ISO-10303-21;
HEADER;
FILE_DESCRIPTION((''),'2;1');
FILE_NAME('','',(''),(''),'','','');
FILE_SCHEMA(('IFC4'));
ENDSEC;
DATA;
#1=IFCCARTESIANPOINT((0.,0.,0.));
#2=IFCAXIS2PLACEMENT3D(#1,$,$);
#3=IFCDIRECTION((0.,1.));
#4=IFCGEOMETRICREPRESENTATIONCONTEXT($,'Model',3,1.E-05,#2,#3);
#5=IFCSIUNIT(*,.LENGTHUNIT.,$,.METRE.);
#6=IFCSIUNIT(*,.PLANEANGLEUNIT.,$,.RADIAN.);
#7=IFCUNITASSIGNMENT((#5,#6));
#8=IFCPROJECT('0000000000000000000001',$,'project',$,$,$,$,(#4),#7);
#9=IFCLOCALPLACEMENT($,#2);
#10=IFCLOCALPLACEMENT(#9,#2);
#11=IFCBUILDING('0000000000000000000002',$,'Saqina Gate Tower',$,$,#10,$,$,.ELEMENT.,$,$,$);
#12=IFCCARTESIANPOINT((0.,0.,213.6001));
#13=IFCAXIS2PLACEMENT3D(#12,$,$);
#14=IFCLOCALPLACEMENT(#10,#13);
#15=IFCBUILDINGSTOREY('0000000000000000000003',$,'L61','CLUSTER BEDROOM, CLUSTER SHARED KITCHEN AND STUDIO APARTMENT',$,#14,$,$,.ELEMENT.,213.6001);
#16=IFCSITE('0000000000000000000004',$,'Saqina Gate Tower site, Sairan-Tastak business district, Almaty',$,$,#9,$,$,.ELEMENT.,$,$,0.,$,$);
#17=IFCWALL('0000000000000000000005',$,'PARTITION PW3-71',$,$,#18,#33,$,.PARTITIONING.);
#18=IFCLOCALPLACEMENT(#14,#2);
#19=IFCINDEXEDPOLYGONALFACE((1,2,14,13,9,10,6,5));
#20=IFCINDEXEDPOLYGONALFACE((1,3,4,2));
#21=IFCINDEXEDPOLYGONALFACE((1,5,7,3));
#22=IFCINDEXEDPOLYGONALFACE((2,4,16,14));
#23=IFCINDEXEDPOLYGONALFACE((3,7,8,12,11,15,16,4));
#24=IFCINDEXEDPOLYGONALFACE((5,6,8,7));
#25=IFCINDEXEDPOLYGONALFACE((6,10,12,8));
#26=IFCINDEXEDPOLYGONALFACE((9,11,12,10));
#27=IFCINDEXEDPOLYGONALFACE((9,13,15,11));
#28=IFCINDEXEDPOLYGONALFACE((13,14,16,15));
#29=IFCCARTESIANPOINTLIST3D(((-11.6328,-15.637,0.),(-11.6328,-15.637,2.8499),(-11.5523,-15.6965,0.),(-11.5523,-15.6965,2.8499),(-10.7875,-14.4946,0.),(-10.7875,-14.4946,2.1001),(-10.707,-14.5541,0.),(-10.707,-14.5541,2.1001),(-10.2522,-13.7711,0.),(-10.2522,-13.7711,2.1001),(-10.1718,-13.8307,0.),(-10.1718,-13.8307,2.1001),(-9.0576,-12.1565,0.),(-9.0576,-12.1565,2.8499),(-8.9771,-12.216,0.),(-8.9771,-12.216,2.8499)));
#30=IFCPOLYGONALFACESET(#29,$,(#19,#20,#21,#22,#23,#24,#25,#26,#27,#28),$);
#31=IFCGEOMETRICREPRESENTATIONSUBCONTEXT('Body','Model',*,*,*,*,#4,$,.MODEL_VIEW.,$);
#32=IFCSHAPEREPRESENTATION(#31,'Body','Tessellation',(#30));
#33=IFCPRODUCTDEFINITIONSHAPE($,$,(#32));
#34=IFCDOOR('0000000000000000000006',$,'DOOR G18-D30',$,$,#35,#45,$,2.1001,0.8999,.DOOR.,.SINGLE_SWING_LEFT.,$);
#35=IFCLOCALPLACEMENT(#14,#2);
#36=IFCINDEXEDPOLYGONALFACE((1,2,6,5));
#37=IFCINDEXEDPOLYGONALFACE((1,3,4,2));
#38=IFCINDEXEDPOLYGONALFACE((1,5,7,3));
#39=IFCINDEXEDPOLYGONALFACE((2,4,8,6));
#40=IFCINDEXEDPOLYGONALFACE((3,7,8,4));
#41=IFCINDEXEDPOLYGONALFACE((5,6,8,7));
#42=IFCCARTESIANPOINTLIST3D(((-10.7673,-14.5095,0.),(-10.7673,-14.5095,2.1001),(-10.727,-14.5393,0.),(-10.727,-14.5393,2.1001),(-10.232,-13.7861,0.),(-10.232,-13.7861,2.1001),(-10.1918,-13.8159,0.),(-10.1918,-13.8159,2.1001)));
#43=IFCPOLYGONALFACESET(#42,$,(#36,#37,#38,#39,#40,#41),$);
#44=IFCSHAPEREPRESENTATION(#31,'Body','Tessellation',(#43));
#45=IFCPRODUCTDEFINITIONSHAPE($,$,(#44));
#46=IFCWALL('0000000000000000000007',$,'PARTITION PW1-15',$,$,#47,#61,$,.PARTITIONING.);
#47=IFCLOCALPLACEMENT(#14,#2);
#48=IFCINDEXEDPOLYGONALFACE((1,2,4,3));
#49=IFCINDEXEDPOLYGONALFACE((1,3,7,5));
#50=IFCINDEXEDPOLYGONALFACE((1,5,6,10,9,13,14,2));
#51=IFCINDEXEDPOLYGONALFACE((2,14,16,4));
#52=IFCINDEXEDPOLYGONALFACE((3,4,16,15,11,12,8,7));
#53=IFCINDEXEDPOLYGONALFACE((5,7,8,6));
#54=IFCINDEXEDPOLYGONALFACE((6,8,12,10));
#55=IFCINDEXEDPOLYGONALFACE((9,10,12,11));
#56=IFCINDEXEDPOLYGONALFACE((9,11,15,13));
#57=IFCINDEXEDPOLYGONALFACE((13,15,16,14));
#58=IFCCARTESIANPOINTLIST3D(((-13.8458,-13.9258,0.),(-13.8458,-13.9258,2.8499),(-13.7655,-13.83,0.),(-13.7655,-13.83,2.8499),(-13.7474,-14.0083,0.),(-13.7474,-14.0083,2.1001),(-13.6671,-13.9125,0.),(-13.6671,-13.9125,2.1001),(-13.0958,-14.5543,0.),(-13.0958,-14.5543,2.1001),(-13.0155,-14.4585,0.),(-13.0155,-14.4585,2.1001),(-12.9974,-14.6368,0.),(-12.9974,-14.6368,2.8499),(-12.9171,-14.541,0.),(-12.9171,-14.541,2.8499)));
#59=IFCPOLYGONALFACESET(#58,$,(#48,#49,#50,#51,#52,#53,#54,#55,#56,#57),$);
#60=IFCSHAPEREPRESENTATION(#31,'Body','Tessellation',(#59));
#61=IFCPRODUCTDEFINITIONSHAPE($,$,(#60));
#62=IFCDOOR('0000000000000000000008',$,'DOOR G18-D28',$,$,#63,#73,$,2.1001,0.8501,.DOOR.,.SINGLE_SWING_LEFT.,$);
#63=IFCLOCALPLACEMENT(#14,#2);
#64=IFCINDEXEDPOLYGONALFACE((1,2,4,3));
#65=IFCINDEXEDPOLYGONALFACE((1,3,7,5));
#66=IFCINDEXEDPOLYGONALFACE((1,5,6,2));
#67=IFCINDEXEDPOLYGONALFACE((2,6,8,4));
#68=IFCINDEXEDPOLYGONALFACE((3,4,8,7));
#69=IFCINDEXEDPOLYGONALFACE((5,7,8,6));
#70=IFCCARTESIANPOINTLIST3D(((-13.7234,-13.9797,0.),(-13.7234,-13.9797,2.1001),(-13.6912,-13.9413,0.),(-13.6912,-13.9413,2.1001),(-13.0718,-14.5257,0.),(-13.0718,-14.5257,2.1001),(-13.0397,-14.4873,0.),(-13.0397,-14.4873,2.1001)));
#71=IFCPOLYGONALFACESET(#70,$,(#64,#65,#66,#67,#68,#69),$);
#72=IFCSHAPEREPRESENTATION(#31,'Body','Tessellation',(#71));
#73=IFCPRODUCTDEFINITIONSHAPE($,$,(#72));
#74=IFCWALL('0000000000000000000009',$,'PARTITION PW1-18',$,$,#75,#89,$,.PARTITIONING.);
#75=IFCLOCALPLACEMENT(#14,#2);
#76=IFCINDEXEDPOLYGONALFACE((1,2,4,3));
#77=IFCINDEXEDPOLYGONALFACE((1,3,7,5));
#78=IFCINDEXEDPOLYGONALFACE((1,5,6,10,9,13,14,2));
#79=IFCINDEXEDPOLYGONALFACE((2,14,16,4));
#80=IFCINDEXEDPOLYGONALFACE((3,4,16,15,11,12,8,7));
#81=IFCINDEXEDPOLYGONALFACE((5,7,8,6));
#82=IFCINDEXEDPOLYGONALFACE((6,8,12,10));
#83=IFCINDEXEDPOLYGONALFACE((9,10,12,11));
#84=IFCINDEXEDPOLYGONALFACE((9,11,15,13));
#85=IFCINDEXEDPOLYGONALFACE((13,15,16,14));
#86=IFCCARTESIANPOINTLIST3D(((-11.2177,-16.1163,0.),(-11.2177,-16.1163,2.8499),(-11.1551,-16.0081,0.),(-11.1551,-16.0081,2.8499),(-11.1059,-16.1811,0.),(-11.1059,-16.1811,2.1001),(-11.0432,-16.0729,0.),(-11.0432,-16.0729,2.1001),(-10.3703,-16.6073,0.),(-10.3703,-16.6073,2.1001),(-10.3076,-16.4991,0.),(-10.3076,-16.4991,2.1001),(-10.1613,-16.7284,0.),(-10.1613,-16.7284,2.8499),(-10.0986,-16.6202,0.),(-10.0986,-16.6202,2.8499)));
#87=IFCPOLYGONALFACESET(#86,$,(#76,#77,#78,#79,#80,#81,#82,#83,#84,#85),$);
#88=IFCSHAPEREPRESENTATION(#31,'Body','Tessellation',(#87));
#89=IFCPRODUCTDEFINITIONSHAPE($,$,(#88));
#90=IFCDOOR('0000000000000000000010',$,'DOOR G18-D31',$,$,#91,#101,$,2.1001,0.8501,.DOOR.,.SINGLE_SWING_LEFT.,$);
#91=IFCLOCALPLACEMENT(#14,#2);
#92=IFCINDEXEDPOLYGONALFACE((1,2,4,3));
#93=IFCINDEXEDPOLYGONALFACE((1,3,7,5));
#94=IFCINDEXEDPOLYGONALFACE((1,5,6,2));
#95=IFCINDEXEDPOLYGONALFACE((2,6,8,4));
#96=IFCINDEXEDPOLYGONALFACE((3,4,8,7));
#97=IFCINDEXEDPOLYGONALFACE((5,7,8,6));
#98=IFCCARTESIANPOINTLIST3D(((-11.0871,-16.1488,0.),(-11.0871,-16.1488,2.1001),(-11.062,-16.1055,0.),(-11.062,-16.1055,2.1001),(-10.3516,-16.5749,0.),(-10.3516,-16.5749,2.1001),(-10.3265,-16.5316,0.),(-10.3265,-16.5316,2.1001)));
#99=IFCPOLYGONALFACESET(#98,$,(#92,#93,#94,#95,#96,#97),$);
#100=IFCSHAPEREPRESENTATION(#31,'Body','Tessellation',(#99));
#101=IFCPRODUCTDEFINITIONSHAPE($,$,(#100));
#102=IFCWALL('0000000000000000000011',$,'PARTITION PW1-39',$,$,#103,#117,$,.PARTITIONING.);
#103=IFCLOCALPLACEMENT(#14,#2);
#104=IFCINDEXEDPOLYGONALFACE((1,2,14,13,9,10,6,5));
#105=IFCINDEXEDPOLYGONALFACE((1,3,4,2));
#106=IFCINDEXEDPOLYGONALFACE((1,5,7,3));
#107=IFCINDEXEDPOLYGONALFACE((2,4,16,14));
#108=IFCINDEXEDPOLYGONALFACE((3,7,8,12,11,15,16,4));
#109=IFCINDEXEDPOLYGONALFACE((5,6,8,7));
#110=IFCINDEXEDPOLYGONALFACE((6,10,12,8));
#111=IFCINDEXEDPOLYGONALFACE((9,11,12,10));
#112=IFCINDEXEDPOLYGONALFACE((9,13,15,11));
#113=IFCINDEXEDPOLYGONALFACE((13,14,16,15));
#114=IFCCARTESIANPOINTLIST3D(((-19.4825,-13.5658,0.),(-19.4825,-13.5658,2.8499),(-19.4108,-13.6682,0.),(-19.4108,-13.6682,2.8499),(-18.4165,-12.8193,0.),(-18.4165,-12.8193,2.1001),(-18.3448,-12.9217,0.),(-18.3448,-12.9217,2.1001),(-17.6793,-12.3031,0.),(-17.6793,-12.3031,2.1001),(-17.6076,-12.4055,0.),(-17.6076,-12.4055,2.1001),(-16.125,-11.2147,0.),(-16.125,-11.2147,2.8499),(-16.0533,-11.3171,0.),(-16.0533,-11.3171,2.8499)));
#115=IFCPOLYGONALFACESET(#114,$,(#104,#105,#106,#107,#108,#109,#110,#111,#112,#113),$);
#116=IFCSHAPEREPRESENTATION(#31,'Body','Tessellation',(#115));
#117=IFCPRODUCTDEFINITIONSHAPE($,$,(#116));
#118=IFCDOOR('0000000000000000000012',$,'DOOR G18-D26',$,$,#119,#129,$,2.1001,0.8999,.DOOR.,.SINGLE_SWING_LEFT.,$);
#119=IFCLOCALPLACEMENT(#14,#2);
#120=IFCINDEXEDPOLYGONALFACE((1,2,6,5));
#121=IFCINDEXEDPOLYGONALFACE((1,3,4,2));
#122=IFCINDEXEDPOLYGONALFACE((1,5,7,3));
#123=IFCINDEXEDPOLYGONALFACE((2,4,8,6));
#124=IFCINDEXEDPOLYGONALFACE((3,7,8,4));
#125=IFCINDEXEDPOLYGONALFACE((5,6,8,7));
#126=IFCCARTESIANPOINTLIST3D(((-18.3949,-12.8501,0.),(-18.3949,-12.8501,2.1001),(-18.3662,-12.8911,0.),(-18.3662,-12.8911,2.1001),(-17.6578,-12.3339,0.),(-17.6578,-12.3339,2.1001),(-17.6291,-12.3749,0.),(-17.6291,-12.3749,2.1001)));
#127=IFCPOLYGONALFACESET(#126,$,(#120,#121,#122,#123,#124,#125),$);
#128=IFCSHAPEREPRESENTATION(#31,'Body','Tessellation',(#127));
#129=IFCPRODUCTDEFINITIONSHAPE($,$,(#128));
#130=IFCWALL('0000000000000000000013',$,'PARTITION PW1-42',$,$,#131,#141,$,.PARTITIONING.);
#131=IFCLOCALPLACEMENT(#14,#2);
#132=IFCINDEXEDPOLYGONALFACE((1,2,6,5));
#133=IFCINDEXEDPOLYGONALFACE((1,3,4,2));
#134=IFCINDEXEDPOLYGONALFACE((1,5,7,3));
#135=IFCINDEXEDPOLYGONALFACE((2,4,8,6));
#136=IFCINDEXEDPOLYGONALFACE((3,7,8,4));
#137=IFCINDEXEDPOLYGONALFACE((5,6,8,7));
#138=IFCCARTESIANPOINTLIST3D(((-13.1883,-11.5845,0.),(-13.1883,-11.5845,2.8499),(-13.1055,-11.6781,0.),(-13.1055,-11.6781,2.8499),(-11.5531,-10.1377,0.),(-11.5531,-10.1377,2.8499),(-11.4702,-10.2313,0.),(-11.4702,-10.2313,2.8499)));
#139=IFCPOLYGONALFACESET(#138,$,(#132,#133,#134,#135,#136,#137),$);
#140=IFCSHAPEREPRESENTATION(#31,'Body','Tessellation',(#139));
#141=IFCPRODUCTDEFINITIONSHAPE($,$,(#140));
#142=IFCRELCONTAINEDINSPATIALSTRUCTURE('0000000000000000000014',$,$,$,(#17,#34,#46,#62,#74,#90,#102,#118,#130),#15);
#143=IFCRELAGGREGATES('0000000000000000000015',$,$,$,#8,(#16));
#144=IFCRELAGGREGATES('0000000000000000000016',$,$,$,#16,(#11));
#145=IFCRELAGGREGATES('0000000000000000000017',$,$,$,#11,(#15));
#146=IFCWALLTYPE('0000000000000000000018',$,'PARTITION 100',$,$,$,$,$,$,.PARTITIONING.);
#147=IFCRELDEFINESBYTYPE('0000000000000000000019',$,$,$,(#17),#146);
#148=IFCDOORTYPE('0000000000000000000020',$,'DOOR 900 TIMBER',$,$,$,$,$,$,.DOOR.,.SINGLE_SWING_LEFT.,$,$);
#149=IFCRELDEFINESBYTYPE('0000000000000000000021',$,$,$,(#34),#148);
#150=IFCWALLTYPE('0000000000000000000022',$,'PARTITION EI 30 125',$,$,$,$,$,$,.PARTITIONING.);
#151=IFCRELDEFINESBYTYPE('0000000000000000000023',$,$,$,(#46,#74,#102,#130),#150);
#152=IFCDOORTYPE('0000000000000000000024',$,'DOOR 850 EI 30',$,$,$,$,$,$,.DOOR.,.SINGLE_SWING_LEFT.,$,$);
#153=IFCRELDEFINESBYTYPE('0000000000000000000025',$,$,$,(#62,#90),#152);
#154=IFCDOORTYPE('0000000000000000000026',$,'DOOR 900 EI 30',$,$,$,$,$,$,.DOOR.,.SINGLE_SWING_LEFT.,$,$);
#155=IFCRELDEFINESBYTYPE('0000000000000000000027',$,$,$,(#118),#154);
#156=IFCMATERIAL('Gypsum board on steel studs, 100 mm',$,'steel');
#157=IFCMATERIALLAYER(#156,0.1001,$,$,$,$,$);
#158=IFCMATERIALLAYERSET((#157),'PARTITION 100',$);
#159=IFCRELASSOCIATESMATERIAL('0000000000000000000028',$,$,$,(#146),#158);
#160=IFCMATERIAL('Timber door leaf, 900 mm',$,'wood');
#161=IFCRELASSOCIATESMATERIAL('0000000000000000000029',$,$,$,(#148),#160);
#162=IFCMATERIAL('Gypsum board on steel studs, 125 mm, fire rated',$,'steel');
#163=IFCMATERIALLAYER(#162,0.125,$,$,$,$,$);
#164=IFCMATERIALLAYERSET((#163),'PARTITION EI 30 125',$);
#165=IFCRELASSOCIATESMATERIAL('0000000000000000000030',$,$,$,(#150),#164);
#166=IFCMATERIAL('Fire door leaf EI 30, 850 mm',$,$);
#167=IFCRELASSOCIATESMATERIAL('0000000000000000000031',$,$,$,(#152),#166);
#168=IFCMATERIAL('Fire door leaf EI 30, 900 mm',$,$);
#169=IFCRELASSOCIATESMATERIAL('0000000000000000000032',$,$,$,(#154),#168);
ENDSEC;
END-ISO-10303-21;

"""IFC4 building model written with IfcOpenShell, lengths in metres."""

from ifc_helpers import new_model, si_unit, direction, frame, frame_2d, origin, place, context, subcontext, project, spatial, rectangle, extrude, material, layer, layer_set, type_object, element, fill, save


model = new_model("IFC4")

# Units and contexts
model_context = context("Model", 3, precision=1e-05, world=origin(), true_north=direction((0.0, 1.0)))
body_context = subcontext(model_context, "Body", "Model", "MODEL_VIEW")
ifc_project = project(units=[si_unit("LENGTHUNIT", "METRE"), si_unit("PLANEANGLEUNIT", "RADIAN")], contexts=[model_context])

# Site, building, storey
site_placement = place(None, origin())
site = spatial("IfcSite", under=ifc_project, at=site_placement, Name="Saqina Gate Tower site, Sairan-Tastak business district, Almaty", CompositionType="ELEMENT", RefElevation=0.0)
building_placement = place(site_placement, origin())
building = spatial("IfcBuilding", under=site, at=building_placement, Name="Saqina Gate Tower", CompositionType="ELEMENT")
storey_placement = place(building_placement, frame((0.0, 0.0, 213.6001)))
storey = spatial("IfcBuildingStorey", under=building, at=storey_placement, Name="L61", Description="CLUSTER BEDROOM, CLUSTER SHARED KITCHEN AND STUDIO APARTMENT", CompositionType="ELEMENT", Elevation=213.6001)

# Shared definitions
ifc_material_1 = material(Name="Gypsum board on steel studs, 100 mm", Category="steel")
ifc_layer_1 = layer(ifc_material_1, 0.1001)
ifc_layer_set_1 = layer_set([ifc_layer_1], Name="PARTITION 100")
wall_type_1 = type_object("IfcWallType", Name="PARTITION 100", PredefinedType="PARTITIONING", material=ifc_layer_set_1)

# Walls, openings, doors
wall_1_placement = place(storey_placement, frame((-11.5925, -15.6667, 0.0), z_axis=(0.0, 0.0, 1.0), x_axis=(0.594791, 0.803881, 0.0)))
wall_1 = element("IfcWall", 1, at=wall_1_placement, inside=storey, type_object=wall_type_1, Name="PARTITION PW3-71", PredefinedType="PARTITIONING", context=body_context, shape_type="SweptSolid", body=[
    extrude(rectangle(XDim=4.3296, YDim=0.1001, at=frame_2d((2.1648, 0.0))), origin(), (0.0, 0.0, 1.0), 2.8499),
])
opening_1_placement = place(wall_1_placement, frame((1.4211, 0.0, 0.0)))
opening_1 = element("IfcOpeningElement", 2, at=opening_1_placement, cuts=wall_1, PredefinedType="OPENING", context=body_context, shape_type="SweptSolid", body=[
    extrude(rectangle(XDim=0.8999, YDim=2.1001, at=frame_2d((0.45, 1.05))), frame((0.0, 0.062, 0.0), z_axis=(0.0, -1.0, 0.0), x_axis=(1.0, 0.0, 0.0)), (0.0, 0.0, 1.0), 0.124),
])
ifc_material_2 = material(Name="Timber door leaf, 900 mm", Category="wood")
door_type_1 = type_object("IfcDoorType", Name="DOOR 900 TIMBER", OperationType="SINGLE_SWING_LEFT", PredefinedType="DOOR", material=ifc_material_2)
door_1_placement = place(opening_1_placement, origin())
door_1 = element("IfcDoor", 3, at=door_1_placement, inside=storey, type_object=door_type_1, Name="DOOR G18-D30", OperationType="SINGLE_SWING_LEFT", OverallHeight=2.1001, OverallWidth=0.8999, PredefinedType="DOOR", context=body_context, shape_type="SweptSolid", body=[
    extrude(rectangle(XDim=0.8999, YDim=2.1001, at=frame_2d((0.45, 1.05))), frame((0.0, 0.0249, 0.0), z_axis=(0.0, -1.0, 0.0), x_axis=(1.0, 0.0, 0.0)), (0.0, 0.0, 1.0), 0.05),
])
fill(opening_1, door_1)
ifc_material_3 = material(Name="Gypsum board on steel studs, 125 mm, fire rated", Category="steel")
ifc_layer_2 = layer(ifc_material_3, 0.125)
ifc_layer_set_2 = layer_set([ifc_layer_2], Name="PARTITION EI 30 125")
wall_type_2 = type_object("IfcWallType", Name="PARTITION EI 30 125", PredefinedType="PARTITIONING", material=ifc_layer_set_2)
wall_2_placement = place(storey_placement, frame((-13.8057, -13.8779, 0.0), z_axis=(0.0, 0.0, 1.0), x_axis=(0.766465, -0.642286, 0.0)))
wall_2 = element("IfcWall", 4, at=wall_2_placement, inside=storey, type_object=wall_type_2, Name="PARTITION PW1-15", PredefinedType="PARTITIONING", context=body_context, shape_type="SweptSolid", body=[
    extrude(rectangle(XDim=1.1069, YDim=0.125, at=frame_2d((0.5535, 0.0))), origin(), (0.0, 0.0, 1.0), 2.8499),
])
opening_2_placement = place(wall_2_placement, frame((0.1284, 0.0, 0.0)))
opening_2 = element("IfcOpeningElement", 5, at=opening_2_placement, cuts=wall_2, PredefinedType="OPENING", context=body_context, shape_type="SweptSolid", body=[
    extrude(rectangle(XDim=0.8501, YDim=2.1001, at=frame_2d((0.425, 1.05))), frame((0.0, 0.0745, 0.0), z_axis=(0.0, -1.0, 0.0), x_axis=(1.0, 0.0, 0.0)), (0.0, 0.0, 1.0), 0.1489),
])
ifc_material_4 = material(Name="Fire door leaf EI 30, 850 mm")
door_type_2 = type_object("IfcDoorType", Name="DOOR 850 EI 30", OperationType="SINGLE_SWING_LEFT", PredefinedType="DOOR", material=ifc_material_4)
door_2_placement = place(opening_2_placement, origin())
door_2 = element("IfcDoor", 6, at=door_2_placement, inside=storey, type_object=door_type_2, Name="DOOR G18-D28", OperationType="SINGLE_SWING_LEFT", OverallHeight=2.1001, OverallWidth=0.8501, PredefinedType="DOOR", context=body_context, shape_type="SweptSolid", body=[
    extrude(rectangle(XDim=0.8501, YDim=2.1001, at=frame_2d((0.425, 1.05))), frame((0.0, 0.0249, 0.0), z_axis=(0.0, -1.0, 0.0), x_axis=(1.0, 0.0, 0.0)), (0.0, 0.0, 1.0), 0.05),
])
fill(opening_2, door_2)
wall_3_placement = place(storey_placement, frame((-11.1863, -16.0623, 0.0), z_axis=(0.0, 0.0, 1.0), x_axis=(0.865262, -0.50132, 0.0)))
wall_3 = element("IfcWall", 7, at=wall_3_placement, inside=storey, type_object=wall_type_2, Name="PARTITION PW1-18", PredefinedType="PARTITIONING", context=body_context, shape_type="SweptSolid", body=[
    extrude(rectangle(XDim=1.2209, YDim=0.125, at=frame_2d((0.6104, 0.0))), origin(), (0.0, 0.0, 1.0), 2.8499),
])
opening_3_placement = place(wall_3_placement, frame((0.1292, 0.0, 0.0)))
opening_3 = element("IfcOpeningElement", 8, at=opening_3_placement, cuts=wall_3, PredefinedType="OPENING", context=body_context, shape_type="SweptSolid", body=[
    extrude(rectangle(XDim=0.8501, YDim=2.1001, at=frame_2d((0.425, 1.05))), frame((0.0, 0.0745, 0.0), z_axis=(0.0, -1.0, 0.0), x_axis=(1.0, 0.0, 0.0)), (0.0, 0.0, 1.0), 0.1489),
])
door_3_placement = place(opening_3_placement, origin())
door_3 = element("IfcDoor", 9, at=door_3_placement, inside=storey, type_object=door_type_2, Name="DOOR G18-D31", OperationType="SINGLE_SWING_LEFT", OverallHeight=2.1001, OverallWidth=0.8501, PredefinedType="DOOR", context=body_context, shape_type="SweptSolid", body=[
    extrude(rectangle(XDim=0.8501, YDim=2.1001, at=frame_2d((0.425, 1.05))), frame((0.0, 0.0249, 0.0), z_axis=(0.0, -1.0, 0.0), x_axis=(1.0, 0.0, 0.0)), (0.0, 0.0, 1.0), 0.05),
])
fill(opening_3, door_3)
wall_4_placement = place(storey_placement, frame((-19.4465, -13.6169, 0.0), z_axis=(0.0, 0.0, 1.0), x_axis=(0.819131, 0.573606, 0.0)))
wall_4 = element("IfcWall", 10, at=wall_4_placement, inside=storey, type_object=wall_type_2, Name="PARTITION PW1-39", PredefinedType="PARTITIONING", context=body_context, shape_type="SweptSolid", body=[
    extrude(rectangle(XDim=4.0989, YDim=0.125, at=frame_2d((2.0493, 0.0))), origin(), (0.0, 0.0, 1.0), 2.8499),
])
opening_4_placement = place(wall_4_placement, frame((1.3013, 0.0, 0.0)))
opening_4 = element("IfcOpeningElement", 11, at=opening_4_placement, cuts=wall_4, PredefinedType="OPENING", context=body_context, shape_type="SweptSolid", body=[
    extrude(rectangle(XDim=0.8999, YDim=2.1001, at=frame_2d((0.45, 1.05))), frame((0.0, 0.0745, 0.0), z_axis=(0.0, -1.0, 0.0), x_axis=(1.0, 0.0, 0.0)), (0.0, 0.0, 1.0), 0.1489),
])
ifc_material_5 = material(Name="Fire door leaf EI 30, 900 mm")
door_type_3 = type_object("IfcDoorType", Name="DOOR 900 EI 30", OperationType="SINGLE_SWING_LEFT", PredefinedType="DOOR", material=ifc_material_5)
door_4_placement = place(opening_4_placement, origin())
door_4 = element("IfcDoor", 12, at=door_4_placement, inside=storey, type_object=door_type_3, Name="DOOR G18-D26", OperationType="SINGLE_SWING_LEFT", OverallHeight=2.1001, OverallWidth=0.8999, PredefinedType="DOOR", context=body_context, shape_type="SweptSolid", body=[
    extrude(rectangle(XDim=0.8999, YDim=2.1001, at=frame_2d((0.45, 1.05))), frame((0.0, 0.0249, 0.0), z_axis=(0.0, -1.0, 0.0), x_axis=(1.0, 0.0, 0.0)), (0.0, 0.0, 1.0), 0.05),
])
fill(opening_4, door_4)

# Wall
wall_5_placement = place(storey_placement, frame((-13.147, -11.6313, 0.0), z_axis=(0.0, 0.0, 1.0), x_axis=(0.74895, 0.662627, 0.0)))
element("IfcWall", 13, at=wall_5_placement, inside=storey, type_object=wall_type_2, Name="PARTITION PW1-42", PredefinedType="PARTITIONING", context=body_context, shape_type="SweptSolid", body=[
    extrude(rectangle(XDim=2.1833, YDim=0.125, at=frame_2d((1.0918, 0.0))), origin(), (0.0, 0.0, 1.0), 2.8499),
])

save(model, "model.ifc")
